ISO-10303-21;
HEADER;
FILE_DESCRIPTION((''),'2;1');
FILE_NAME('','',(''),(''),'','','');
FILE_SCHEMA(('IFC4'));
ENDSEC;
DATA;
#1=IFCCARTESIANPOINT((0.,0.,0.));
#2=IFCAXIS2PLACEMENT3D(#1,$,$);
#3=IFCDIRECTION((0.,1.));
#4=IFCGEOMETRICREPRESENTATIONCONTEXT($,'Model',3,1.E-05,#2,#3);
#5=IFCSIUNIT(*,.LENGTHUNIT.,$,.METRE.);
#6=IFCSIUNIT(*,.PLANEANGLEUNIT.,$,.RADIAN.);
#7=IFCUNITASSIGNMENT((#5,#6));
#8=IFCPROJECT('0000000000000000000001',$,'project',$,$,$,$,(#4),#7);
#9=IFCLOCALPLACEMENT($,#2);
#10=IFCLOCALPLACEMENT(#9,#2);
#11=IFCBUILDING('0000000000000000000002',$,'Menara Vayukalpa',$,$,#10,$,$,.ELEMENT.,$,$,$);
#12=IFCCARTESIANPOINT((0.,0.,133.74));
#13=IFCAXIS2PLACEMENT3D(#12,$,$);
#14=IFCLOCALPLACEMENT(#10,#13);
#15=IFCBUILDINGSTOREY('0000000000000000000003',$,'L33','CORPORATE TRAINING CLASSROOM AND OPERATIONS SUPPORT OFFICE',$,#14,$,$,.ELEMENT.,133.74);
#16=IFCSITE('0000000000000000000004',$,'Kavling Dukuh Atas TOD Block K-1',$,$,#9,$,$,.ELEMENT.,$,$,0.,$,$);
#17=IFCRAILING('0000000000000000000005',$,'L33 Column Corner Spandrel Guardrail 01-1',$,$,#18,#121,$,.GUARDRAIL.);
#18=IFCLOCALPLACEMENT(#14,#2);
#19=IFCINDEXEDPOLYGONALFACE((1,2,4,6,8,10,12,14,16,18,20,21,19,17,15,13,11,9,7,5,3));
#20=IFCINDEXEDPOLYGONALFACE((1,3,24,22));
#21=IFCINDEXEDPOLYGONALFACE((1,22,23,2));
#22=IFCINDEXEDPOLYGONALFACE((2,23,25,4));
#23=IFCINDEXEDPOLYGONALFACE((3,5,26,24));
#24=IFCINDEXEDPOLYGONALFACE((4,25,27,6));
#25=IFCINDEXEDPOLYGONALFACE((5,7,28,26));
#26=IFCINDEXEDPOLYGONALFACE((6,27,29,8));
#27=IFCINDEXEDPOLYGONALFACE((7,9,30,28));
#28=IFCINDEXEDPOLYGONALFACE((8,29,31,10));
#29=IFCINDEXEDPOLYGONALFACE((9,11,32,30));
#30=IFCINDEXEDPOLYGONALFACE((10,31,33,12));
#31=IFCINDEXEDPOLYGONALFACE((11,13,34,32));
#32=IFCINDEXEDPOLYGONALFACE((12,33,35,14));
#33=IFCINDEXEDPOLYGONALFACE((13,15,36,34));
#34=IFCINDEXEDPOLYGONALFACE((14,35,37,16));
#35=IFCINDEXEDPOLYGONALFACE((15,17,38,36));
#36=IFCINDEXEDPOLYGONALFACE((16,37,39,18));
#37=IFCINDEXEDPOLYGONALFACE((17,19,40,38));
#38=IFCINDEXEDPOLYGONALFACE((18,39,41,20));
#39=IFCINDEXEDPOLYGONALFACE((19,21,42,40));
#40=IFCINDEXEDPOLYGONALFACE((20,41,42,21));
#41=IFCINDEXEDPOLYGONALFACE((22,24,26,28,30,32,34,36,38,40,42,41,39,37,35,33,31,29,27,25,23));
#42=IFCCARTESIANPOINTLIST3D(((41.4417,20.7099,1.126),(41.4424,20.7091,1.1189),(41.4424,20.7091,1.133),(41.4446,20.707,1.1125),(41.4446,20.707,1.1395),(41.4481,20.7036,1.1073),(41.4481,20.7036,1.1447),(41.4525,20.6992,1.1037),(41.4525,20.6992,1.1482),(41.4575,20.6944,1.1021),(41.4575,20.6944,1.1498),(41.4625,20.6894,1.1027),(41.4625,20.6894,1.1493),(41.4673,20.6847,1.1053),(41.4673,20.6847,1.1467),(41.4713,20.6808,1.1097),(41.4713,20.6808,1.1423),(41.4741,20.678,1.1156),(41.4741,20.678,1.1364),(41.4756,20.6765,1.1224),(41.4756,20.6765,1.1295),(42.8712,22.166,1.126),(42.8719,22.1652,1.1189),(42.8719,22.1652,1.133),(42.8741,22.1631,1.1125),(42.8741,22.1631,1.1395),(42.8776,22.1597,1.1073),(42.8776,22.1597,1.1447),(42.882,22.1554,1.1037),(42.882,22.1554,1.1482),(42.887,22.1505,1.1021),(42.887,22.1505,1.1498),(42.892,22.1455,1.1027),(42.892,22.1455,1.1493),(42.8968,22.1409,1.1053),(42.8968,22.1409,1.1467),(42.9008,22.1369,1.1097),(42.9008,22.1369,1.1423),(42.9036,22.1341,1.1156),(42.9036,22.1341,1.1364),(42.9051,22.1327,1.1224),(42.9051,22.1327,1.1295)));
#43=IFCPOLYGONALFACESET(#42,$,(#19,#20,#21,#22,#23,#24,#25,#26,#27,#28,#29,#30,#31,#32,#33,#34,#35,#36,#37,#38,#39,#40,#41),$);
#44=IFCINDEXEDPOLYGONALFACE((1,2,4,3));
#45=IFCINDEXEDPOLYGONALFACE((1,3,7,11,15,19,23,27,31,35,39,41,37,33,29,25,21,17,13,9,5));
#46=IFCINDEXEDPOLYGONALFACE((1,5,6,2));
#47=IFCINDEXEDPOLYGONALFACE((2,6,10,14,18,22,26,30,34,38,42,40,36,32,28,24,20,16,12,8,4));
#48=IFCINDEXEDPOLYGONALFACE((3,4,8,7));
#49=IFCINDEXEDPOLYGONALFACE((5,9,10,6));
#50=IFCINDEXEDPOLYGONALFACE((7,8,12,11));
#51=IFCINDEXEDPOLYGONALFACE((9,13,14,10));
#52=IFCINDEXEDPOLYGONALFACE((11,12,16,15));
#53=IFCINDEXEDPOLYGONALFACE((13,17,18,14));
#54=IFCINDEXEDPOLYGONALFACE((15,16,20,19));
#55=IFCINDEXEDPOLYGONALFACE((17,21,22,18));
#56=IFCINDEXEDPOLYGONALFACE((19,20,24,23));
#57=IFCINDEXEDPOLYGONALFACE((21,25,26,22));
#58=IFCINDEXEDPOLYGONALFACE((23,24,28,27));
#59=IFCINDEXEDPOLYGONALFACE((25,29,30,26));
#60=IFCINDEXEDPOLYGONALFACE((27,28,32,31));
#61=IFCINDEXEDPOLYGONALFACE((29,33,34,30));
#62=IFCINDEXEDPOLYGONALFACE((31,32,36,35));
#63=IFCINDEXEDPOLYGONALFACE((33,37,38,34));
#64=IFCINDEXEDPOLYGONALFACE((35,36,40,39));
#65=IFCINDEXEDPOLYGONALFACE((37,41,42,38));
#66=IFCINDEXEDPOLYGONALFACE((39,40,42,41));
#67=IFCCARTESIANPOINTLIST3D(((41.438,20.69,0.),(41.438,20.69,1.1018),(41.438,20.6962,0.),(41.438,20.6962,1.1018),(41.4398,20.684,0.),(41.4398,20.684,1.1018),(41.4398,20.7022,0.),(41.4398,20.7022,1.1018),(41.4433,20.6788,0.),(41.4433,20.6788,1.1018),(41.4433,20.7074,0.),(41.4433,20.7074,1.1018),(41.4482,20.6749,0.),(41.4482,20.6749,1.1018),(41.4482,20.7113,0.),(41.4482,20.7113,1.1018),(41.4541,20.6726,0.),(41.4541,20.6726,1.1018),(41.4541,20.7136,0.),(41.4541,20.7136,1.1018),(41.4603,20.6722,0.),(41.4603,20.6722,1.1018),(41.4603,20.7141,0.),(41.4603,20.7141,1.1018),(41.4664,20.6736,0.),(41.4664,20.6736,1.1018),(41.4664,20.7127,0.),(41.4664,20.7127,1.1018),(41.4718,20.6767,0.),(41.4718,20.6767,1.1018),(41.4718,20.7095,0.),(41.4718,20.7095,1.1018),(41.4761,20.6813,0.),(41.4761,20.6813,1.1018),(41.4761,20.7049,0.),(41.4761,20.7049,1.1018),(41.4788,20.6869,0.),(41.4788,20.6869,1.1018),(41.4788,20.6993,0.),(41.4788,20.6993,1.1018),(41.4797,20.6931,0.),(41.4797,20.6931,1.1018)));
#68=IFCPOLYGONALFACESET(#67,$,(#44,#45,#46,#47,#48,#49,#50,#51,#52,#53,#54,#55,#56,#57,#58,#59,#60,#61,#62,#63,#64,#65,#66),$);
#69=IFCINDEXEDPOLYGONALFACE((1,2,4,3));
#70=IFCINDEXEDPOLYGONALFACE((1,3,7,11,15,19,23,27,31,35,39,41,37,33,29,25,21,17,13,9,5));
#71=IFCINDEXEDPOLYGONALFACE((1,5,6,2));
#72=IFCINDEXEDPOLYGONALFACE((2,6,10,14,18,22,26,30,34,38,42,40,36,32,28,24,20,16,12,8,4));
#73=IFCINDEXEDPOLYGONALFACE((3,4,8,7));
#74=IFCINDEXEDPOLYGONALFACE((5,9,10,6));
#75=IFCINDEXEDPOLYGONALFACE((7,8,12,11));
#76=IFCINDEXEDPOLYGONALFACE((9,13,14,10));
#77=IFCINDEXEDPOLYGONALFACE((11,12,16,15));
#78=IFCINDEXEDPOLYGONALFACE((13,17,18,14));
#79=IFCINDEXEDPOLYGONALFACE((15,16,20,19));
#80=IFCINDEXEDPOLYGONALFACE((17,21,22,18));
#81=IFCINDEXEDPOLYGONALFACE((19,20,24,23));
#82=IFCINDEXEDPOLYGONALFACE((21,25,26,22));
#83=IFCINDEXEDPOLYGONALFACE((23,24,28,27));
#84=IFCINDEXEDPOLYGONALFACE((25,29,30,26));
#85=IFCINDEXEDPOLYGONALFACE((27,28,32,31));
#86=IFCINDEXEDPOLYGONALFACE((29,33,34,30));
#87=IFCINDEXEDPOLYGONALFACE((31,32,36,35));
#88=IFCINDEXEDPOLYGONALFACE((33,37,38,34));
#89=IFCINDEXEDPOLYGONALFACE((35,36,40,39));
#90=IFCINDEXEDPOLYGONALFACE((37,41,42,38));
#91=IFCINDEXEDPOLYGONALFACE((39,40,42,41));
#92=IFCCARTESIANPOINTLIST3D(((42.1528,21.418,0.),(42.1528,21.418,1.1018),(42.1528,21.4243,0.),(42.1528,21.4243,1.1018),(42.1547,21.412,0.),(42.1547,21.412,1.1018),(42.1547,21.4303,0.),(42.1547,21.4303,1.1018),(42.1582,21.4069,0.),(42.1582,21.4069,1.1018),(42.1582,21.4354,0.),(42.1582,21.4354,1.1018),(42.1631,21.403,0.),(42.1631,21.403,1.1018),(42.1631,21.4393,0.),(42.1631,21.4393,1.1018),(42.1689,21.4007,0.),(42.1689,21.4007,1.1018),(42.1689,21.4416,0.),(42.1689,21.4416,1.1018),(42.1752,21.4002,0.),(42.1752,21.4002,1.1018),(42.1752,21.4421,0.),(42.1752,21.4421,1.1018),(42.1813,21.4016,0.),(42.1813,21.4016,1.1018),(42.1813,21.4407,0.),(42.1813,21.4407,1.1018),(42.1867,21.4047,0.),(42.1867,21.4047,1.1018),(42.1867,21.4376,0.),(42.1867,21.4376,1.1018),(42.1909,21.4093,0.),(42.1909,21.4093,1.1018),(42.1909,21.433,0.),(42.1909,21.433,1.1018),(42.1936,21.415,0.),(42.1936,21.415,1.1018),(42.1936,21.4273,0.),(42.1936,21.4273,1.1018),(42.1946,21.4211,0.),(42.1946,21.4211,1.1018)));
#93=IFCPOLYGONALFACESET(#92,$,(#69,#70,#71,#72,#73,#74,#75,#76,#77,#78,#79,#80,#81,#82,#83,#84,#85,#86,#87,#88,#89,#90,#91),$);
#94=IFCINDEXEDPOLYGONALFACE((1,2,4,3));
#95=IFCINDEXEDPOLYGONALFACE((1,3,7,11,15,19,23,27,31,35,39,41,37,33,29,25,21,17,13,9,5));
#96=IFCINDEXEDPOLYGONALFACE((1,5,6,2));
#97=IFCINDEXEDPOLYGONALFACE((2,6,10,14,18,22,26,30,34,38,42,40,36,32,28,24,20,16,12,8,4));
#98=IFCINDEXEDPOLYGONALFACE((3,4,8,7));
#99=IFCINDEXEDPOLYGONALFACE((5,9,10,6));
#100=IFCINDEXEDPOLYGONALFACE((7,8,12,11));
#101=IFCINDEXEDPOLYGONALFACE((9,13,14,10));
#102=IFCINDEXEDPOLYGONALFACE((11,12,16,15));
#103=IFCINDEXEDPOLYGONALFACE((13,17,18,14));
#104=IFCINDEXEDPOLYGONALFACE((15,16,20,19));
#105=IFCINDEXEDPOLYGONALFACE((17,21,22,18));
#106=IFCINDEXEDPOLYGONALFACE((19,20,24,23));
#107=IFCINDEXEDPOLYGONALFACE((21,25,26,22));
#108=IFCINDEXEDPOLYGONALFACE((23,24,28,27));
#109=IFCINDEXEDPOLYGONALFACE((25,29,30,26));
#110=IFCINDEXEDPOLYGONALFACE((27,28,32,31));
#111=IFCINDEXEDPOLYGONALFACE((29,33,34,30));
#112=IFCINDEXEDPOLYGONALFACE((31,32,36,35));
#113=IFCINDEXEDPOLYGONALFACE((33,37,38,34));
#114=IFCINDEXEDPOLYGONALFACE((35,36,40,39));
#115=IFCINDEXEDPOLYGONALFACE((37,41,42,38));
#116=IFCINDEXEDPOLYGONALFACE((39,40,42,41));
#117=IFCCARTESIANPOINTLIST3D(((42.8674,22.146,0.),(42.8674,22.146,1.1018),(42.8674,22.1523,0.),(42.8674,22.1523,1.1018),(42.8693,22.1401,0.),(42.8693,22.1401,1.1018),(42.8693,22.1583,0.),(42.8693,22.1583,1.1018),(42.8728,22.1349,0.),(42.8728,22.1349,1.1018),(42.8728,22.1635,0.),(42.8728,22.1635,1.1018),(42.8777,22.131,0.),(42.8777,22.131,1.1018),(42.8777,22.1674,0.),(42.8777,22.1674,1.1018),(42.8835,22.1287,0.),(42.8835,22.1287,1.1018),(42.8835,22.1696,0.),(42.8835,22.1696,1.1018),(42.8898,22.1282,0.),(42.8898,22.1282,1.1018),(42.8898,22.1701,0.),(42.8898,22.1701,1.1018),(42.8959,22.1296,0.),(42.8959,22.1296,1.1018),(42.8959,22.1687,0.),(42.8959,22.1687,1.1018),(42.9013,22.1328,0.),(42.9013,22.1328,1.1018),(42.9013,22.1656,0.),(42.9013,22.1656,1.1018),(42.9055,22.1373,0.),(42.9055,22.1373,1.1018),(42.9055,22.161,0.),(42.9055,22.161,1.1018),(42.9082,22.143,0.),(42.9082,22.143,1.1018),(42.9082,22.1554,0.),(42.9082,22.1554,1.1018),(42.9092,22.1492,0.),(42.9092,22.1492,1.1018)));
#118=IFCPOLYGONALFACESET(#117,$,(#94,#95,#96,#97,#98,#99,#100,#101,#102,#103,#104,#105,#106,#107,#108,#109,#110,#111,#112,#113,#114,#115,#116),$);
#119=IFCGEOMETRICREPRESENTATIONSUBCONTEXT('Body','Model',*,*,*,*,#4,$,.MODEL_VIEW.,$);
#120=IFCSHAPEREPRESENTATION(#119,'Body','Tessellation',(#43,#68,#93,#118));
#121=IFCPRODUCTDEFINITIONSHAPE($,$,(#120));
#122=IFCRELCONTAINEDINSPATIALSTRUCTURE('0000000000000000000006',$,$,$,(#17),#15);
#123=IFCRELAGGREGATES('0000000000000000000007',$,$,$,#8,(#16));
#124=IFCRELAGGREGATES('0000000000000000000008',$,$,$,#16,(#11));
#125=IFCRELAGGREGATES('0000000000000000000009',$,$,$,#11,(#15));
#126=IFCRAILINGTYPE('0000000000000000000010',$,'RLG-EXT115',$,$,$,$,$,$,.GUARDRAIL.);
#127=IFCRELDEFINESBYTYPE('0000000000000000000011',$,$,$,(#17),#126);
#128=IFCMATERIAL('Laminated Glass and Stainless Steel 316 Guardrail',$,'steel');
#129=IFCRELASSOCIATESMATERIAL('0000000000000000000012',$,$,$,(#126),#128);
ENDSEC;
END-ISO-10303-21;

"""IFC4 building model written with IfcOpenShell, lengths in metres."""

from ifc_helpers import new_model, si_unit, direction, frame, origin, origin_2d, place, context, subcontext, project, spatial, circle, extrude, material, type_object, element, save


model = new_model("IFC4")

# Units and contexts
model_context = context("Model", 3, precision=1e-05, world=origin(), true_north=direction((0.0, 1.0)))
body_context = subcontext(model_context, "Body", "Model", "MODEL_VIEW")
ifc_project = project(units=[si_unit("LENGTHUNIT", "METRE"), si_unit("PLANEANGLEUNIT", "RADIAN")], contexts=[model_context])

# Site, building, storey
site_placement = place(None, origin())
site = spatial("IfcSite", under=ifc_project, at=site_placement, Name="Kavling Dukuh Atas TOD Block K-1", CompositionType="ELEMENT", RefElevation=0.0)
building_placement = place(site_placement, origin())
building = spatial("IfcBuilding", under=site, at=building_placement, Name="Menara Vayukalpa", CompositionType="ELEMENT")
storey_placement = place(building_placement, frame((0.0, 0.0, 133.74)))
storey = spatial("IfcBuildingStorey", under=building, at=storey_placement, Name="L33", Description="CORPORATE TRAINING CLASSROOM AND OPERATIONS SUPPORT OFFICE", CompositionType="ELEMENT", Elevation=133.74)

# Railing
ifc_material_1 = material(Name="Laminated Glass and Stainless Steel 316 Guardrail", Category="steel")
railing_type_1 = type_object("IfcRailingType", Name="RLG-EXT115", PredefinedType="GUARDRAIL", material=ifc_material_1)
railing_1_placement = place(storey_placement, frame((41.4587, 20.6931, 0.0)))
element("IfcRailing", 1, at=railing_1_placement, inside=storey, type_object=railing_type_1, Name="L33 Column Corner Spandrel Guardrail 01-1", PredefinedType="GUARDRAIL", context=body_context, shape_type="SweptSolid", body=[
    extrude(circle(Radius=0.0239, at=origin_2d()), frame((0.0, 0.0, 1.126), z_axis=(0.700556, 0.713598, 0.0), x_axis=(-0.713598, 0.700556, 0.0)), (0.0, 0.0, 1.0), 2.0405),
    extrude(circle(Radius=0.021, at=origin_2d()), origin(), (0.0, 0.0, 1.0), 1.1018),
    extrude(circle(Radius=0.021, at=origin_2d()), frame((0.7148, 0.728, 0.0)), (0.0, 0.0, 1.0), 1.1018),
    extrude(circle(Radius=0.021, at=origin_2d()), frame((1.4294, 1.4561, 0.0)), (0.0, 0.0, 1.0), 1.1018),
])

save(model, "model.ifc")
